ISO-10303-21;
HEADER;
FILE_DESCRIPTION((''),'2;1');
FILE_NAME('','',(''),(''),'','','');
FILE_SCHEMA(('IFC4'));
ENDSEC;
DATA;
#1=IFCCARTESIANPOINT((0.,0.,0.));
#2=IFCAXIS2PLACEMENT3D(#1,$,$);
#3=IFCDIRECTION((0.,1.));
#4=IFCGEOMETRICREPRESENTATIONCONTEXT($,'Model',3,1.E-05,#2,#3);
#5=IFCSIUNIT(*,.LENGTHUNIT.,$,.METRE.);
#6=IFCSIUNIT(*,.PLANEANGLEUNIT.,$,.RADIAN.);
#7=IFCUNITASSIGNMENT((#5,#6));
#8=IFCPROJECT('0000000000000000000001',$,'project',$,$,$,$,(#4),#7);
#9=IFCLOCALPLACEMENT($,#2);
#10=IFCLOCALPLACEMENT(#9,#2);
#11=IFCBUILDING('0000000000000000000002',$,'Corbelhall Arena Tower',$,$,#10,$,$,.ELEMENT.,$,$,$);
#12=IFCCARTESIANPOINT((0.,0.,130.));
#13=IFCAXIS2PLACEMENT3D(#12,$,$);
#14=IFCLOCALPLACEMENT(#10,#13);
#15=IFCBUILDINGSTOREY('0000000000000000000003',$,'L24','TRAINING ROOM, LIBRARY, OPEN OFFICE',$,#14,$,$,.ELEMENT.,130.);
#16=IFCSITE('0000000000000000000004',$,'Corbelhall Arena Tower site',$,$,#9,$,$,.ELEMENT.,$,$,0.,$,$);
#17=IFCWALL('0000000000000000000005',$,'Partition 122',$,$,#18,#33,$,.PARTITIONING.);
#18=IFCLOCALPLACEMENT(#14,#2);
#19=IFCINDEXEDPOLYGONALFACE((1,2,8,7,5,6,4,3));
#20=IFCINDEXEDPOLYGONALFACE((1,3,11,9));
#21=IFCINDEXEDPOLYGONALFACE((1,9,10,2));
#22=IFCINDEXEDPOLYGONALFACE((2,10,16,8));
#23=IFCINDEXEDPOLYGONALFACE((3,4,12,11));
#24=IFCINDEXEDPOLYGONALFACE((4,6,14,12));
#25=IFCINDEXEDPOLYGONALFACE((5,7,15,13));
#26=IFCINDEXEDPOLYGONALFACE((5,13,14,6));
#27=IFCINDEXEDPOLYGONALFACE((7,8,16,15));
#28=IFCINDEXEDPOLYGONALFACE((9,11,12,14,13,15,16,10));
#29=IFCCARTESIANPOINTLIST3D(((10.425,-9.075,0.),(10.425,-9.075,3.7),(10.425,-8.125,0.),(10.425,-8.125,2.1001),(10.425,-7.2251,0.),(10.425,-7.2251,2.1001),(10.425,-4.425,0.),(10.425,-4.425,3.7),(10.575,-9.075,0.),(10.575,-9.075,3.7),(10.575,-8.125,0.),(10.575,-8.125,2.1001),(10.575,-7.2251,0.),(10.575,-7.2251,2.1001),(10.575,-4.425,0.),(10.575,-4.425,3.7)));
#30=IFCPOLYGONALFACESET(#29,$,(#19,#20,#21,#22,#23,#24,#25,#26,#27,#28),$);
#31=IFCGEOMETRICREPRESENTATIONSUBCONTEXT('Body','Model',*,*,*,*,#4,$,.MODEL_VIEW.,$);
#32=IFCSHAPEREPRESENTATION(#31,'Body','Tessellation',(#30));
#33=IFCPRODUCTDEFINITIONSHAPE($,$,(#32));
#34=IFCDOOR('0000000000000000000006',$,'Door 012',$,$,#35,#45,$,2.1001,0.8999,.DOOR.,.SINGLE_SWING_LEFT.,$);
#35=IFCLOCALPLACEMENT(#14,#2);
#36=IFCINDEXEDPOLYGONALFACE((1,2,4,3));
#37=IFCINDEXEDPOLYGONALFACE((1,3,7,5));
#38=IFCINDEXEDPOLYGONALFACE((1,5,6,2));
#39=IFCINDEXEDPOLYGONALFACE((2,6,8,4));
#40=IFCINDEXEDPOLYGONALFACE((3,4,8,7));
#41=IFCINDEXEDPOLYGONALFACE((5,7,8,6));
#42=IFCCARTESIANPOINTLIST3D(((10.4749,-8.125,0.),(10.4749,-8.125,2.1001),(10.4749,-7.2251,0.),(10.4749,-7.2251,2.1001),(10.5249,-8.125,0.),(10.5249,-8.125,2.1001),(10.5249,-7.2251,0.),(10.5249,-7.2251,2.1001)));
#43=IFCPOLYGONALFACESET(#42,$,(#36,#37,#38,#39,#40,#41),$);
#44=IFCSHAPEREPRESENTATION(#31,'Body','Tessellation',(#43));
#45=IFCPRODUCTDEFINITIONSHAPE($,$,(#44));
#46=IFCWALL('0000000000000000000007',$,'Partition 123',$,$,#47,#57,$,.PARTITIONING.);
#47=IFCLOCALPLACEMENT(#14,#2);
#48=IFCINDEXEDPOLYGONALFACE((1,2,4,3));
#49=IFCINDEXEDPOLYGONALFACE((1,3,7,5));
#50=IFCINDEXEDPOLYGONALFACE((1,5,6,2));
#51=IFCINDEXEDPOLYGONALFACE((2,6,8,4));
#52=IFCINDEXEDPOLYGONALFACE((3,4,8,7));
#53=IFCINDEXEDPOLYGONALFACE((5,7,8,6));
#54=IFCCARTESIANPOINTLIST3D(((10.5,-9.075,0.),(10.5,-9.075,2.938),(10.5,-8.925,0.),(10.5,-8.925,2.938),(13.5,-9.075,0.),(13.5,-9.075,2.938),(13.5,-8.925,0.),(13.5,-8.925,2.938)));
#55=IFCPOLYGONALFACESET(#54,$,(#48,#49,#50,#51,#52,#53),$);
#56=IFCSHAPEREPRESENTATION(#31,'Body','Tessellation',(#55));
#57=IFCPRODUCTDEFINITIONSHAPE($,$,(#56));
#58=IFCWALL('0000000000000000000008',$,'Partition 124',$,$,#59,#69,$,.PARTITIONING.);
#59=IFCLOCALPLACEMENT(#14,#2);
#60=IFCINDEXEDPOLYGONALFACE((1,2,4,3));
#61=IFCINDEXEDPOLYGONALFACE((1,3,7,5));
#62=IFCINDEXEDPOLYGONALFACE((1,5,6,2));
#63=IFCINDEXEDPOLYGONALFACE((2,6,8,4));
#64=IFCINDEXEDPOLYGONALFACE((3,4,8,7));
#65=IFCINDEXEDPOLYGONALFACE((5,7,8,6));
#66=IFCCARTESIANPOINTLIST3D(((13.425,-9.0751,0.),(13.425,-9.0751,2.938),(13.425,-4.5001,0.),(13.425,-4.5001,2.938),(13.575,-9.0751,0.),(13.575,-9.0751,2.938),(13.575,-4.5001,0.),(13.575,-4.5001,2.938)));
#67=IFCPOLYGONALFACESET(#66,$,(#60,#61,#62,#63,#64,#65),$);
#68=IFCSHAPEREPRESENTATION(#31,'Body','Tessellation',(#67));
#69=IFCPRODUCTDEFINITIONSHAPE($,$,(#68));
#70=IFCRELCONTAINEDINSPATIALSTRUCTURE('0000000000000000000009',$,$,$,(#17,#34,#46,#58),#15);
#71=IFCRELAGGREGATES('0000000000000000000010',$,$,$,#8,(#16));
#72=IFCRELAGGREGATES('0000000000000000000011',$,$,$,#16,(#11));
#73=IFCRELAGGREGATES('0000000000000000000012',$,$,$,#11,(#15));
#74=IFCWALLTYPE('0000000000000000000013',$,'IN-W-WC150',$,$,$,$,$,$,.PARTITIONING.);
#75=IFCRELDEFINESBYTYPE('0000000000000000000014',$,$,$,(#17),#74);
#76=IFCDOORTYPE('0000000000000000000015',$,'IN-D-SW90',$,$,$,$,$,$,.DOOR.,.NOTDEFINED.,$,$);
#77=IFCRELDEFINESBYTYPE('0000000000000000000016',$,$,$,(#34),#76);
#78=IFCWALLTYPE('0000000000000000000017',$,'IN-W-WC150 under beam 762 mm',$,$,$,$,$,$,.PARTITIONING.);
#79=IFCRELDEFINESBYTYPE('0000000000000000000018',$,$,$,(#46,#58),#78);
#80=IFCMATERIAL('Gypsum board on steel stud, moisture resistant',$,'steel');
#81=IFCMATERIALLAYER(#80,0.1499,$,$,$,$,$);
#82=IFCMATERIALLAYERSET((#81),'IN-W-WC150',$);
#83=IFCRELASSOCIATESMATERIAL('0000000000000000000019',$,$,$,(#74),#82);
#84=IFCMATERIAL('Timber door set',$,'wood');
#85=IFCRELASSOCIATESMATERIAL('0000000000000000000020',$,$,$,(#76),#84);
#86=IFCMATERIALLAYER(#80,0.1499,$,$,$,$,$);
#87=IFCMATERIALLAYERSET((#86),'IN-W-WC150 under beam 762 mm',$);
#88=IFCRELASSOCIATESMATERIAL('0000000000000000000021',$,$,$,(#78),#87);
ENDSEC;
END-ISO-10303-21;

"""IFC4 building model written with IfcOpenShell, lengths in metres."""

from ifc_helpers import new_model, si_unit, direction, frame, frame_2d, origin, place, context, subcontext, project, spatial, rectangle, extrude, material, layer, layer_set, type_object, element, fill, save


model = new_model("IFC4")

# Units and contexts
model_context = context("Model", 3, precision=1e-05, world=origin(), true_north=direction((0.0, 1.0)))
body_context = subcontext(model_context, "Body", "Model", "MODEL_VIEW")
ifc_project = project(units=[si_unit("LENGTHUNIT", "METRE"), si_unit("PLANEANGLEUNIT", "RADIAN")], contexts=[model_context])

# Site, building, storey
site_placement = place(None, origin())
site = spatial("IfcSite", under=ifc_project, at=site_placement, Name="Corbelhall Arena Tower site", CompositionType="ELEMENT", RefElevation=0.0)
building_placement = place(site_placement, origin())
building = spatial("IfcBuilding", under=site, at=building_placement, Name="Corbelhall Arena Tower", CompositionType="ELEMENT")
storey_placement = place(building_placement, frame((0.0, 0.0, 130.0)))
storey = spatial("IfcBuildingStorey", under=building, at=storey_placement, Name="L24", Description="TRAINING ROOM, LIBRARY, OPEN OFFICE", CompositionType="ELEMENT", Elevation=130.0)

# Shared definitions
ifc_material_1 = material(Name="Gypsum board on steel stud, moisture resistant", Category="steel")
ifc_layer_1 = layer(ifc_material_1, 0.1499)
ifc_layer_set_1 = layer_set([ifc_layer_1], Name="IN-W-WC150")
wall_type_1 = type_object("IfcWallType", Name="IN-W-WC150", PredefinedType="PARTITIONING", material=ifc_layer_set_1)

# Wall, opening, door
wall_1_placement = place(storey_placement, frame((10.5, -4.425, 0.0), z_axis=(0.0, 0.0, 1.0), x_axis=(0.0, -1.0, 0.0)))
wall_1 = element("IfcWall", 1, at=wall_1_placement, inside=storey, type_object=wall_type_1, Name="Partition 122", PredefinedType="PARTITIONING", context=body_context, shape_type="SweptSolid", body=[
    extrude(rectangle(XDim=4.6499, YDim=0.1499, at=frame_2d((2.325, 0.0))), origin(), (0.0, 0.0, 1.0), 3.7),
])
opening_1_placement = place(wall_1_placement, frame((2.8, 0.0, 0.0)))
opening_1 = element("IfcOpeningElement", 2, at=opening_1_placement, cuts=wall_1, PredefinedType="OPENING", context=body_context, shape_type="SweptSolid", body=[
    extrude(rectangle(XDim=0.8999, YDim=2.1001, at=frame_2d((0.45, 1.05))), frame((0.0, 0.075, 0.0), z_axis=(0.0, -1.0, 0.0), x_axis=(1.0, 0.0, 0.0)), (0.0, 0.0, 1.0), 0.1499),
])
ifc_material_2 = material(Name="Timber door set", Category="wood")
door_type_1 = type_object("IfcDoorType", Name="IN-D-SW90", OperationType="NOTDEFINED", PredefinedType="DOOR", material=ifc_material_2)
door_1_placement = place(opening_1_placement, origin())
door_1 = element("IfcDoor", 3, at=door_1_placement, inside=storey, type_object=door_type_1, Name="Door 012", OperationType="SINGLE_SWING_LEFT", OverallHeight=2.1001, OverallWidth=0.8999, PredefinedType="DOOR", context=body_context, shape_type="SweptSolid", body=[
    extrude(rectangle(XDim=0.8999, YDim=2.1001, at=frame_2d((0.45, 1.05))), frame((0.0, 0.0249, 0.0), z_axis=(0.0, -1.0, 0.0), x_axis=(1.0, 0.0, 0.0)), (0.0, 0.0, 1.0), 0.05),
])
fill(opening_1, door_1)

# Walls
ifc_layer_2 = layer(ifc_material_1, 0.1499)
ifc_layer_set_2 = layer_set([ifc_layer_2], Name="IN-W-WC150 under beam 762 mm")
wall_type_2 = type_object("IfcWallType", Name="IN-W-WC150 under beam 762 mm", PredefinedType="PARTITIONING", material=ifc_layer_set_2)
wall_2_placement = place(storey_placement, frame((13.5, -9.0, 0.0), z_axis=(0.0, 0.0, 1.0), x_axis=(-1.0, 0.0, 0.0)))
element("IfcWall", 4, at=wall_2_placement, inside=storey, type_object=wall_type_2, Name="Partition 123", PredefinedType="PARTITIONING", context=body_context, shape_type="SweptSolid", body=[
    extrude(rectangle(XDim=3.0, YDim=0.1499, at=frame_2d((1.5, 0.0))), origin(), (0.0, 0.0, 1.0), 2.938),
])
wall_3_placement = place(storey_placement, frame((13.5, -4.5, 0.0), z_axis=(0.0, 0.0, 1.0), x_axis=(0.0, -1.0, 0.0)))
element("IfcWall", 5, at=wall_3_placement, inside=storey, type_object=wall_type_2, Name="Partition 124", PredefinedType="PARTITIONING", context=body_context, shape_type="SweptSolid", body=[
    extrude(rectangle(XDim=4.575, YDim=0.1499, at=frame_2d((2.2876, 0.0))), origin(), (0.0, 0.0, 1.0), 2.938),
])

save(model, "model.ifc")
